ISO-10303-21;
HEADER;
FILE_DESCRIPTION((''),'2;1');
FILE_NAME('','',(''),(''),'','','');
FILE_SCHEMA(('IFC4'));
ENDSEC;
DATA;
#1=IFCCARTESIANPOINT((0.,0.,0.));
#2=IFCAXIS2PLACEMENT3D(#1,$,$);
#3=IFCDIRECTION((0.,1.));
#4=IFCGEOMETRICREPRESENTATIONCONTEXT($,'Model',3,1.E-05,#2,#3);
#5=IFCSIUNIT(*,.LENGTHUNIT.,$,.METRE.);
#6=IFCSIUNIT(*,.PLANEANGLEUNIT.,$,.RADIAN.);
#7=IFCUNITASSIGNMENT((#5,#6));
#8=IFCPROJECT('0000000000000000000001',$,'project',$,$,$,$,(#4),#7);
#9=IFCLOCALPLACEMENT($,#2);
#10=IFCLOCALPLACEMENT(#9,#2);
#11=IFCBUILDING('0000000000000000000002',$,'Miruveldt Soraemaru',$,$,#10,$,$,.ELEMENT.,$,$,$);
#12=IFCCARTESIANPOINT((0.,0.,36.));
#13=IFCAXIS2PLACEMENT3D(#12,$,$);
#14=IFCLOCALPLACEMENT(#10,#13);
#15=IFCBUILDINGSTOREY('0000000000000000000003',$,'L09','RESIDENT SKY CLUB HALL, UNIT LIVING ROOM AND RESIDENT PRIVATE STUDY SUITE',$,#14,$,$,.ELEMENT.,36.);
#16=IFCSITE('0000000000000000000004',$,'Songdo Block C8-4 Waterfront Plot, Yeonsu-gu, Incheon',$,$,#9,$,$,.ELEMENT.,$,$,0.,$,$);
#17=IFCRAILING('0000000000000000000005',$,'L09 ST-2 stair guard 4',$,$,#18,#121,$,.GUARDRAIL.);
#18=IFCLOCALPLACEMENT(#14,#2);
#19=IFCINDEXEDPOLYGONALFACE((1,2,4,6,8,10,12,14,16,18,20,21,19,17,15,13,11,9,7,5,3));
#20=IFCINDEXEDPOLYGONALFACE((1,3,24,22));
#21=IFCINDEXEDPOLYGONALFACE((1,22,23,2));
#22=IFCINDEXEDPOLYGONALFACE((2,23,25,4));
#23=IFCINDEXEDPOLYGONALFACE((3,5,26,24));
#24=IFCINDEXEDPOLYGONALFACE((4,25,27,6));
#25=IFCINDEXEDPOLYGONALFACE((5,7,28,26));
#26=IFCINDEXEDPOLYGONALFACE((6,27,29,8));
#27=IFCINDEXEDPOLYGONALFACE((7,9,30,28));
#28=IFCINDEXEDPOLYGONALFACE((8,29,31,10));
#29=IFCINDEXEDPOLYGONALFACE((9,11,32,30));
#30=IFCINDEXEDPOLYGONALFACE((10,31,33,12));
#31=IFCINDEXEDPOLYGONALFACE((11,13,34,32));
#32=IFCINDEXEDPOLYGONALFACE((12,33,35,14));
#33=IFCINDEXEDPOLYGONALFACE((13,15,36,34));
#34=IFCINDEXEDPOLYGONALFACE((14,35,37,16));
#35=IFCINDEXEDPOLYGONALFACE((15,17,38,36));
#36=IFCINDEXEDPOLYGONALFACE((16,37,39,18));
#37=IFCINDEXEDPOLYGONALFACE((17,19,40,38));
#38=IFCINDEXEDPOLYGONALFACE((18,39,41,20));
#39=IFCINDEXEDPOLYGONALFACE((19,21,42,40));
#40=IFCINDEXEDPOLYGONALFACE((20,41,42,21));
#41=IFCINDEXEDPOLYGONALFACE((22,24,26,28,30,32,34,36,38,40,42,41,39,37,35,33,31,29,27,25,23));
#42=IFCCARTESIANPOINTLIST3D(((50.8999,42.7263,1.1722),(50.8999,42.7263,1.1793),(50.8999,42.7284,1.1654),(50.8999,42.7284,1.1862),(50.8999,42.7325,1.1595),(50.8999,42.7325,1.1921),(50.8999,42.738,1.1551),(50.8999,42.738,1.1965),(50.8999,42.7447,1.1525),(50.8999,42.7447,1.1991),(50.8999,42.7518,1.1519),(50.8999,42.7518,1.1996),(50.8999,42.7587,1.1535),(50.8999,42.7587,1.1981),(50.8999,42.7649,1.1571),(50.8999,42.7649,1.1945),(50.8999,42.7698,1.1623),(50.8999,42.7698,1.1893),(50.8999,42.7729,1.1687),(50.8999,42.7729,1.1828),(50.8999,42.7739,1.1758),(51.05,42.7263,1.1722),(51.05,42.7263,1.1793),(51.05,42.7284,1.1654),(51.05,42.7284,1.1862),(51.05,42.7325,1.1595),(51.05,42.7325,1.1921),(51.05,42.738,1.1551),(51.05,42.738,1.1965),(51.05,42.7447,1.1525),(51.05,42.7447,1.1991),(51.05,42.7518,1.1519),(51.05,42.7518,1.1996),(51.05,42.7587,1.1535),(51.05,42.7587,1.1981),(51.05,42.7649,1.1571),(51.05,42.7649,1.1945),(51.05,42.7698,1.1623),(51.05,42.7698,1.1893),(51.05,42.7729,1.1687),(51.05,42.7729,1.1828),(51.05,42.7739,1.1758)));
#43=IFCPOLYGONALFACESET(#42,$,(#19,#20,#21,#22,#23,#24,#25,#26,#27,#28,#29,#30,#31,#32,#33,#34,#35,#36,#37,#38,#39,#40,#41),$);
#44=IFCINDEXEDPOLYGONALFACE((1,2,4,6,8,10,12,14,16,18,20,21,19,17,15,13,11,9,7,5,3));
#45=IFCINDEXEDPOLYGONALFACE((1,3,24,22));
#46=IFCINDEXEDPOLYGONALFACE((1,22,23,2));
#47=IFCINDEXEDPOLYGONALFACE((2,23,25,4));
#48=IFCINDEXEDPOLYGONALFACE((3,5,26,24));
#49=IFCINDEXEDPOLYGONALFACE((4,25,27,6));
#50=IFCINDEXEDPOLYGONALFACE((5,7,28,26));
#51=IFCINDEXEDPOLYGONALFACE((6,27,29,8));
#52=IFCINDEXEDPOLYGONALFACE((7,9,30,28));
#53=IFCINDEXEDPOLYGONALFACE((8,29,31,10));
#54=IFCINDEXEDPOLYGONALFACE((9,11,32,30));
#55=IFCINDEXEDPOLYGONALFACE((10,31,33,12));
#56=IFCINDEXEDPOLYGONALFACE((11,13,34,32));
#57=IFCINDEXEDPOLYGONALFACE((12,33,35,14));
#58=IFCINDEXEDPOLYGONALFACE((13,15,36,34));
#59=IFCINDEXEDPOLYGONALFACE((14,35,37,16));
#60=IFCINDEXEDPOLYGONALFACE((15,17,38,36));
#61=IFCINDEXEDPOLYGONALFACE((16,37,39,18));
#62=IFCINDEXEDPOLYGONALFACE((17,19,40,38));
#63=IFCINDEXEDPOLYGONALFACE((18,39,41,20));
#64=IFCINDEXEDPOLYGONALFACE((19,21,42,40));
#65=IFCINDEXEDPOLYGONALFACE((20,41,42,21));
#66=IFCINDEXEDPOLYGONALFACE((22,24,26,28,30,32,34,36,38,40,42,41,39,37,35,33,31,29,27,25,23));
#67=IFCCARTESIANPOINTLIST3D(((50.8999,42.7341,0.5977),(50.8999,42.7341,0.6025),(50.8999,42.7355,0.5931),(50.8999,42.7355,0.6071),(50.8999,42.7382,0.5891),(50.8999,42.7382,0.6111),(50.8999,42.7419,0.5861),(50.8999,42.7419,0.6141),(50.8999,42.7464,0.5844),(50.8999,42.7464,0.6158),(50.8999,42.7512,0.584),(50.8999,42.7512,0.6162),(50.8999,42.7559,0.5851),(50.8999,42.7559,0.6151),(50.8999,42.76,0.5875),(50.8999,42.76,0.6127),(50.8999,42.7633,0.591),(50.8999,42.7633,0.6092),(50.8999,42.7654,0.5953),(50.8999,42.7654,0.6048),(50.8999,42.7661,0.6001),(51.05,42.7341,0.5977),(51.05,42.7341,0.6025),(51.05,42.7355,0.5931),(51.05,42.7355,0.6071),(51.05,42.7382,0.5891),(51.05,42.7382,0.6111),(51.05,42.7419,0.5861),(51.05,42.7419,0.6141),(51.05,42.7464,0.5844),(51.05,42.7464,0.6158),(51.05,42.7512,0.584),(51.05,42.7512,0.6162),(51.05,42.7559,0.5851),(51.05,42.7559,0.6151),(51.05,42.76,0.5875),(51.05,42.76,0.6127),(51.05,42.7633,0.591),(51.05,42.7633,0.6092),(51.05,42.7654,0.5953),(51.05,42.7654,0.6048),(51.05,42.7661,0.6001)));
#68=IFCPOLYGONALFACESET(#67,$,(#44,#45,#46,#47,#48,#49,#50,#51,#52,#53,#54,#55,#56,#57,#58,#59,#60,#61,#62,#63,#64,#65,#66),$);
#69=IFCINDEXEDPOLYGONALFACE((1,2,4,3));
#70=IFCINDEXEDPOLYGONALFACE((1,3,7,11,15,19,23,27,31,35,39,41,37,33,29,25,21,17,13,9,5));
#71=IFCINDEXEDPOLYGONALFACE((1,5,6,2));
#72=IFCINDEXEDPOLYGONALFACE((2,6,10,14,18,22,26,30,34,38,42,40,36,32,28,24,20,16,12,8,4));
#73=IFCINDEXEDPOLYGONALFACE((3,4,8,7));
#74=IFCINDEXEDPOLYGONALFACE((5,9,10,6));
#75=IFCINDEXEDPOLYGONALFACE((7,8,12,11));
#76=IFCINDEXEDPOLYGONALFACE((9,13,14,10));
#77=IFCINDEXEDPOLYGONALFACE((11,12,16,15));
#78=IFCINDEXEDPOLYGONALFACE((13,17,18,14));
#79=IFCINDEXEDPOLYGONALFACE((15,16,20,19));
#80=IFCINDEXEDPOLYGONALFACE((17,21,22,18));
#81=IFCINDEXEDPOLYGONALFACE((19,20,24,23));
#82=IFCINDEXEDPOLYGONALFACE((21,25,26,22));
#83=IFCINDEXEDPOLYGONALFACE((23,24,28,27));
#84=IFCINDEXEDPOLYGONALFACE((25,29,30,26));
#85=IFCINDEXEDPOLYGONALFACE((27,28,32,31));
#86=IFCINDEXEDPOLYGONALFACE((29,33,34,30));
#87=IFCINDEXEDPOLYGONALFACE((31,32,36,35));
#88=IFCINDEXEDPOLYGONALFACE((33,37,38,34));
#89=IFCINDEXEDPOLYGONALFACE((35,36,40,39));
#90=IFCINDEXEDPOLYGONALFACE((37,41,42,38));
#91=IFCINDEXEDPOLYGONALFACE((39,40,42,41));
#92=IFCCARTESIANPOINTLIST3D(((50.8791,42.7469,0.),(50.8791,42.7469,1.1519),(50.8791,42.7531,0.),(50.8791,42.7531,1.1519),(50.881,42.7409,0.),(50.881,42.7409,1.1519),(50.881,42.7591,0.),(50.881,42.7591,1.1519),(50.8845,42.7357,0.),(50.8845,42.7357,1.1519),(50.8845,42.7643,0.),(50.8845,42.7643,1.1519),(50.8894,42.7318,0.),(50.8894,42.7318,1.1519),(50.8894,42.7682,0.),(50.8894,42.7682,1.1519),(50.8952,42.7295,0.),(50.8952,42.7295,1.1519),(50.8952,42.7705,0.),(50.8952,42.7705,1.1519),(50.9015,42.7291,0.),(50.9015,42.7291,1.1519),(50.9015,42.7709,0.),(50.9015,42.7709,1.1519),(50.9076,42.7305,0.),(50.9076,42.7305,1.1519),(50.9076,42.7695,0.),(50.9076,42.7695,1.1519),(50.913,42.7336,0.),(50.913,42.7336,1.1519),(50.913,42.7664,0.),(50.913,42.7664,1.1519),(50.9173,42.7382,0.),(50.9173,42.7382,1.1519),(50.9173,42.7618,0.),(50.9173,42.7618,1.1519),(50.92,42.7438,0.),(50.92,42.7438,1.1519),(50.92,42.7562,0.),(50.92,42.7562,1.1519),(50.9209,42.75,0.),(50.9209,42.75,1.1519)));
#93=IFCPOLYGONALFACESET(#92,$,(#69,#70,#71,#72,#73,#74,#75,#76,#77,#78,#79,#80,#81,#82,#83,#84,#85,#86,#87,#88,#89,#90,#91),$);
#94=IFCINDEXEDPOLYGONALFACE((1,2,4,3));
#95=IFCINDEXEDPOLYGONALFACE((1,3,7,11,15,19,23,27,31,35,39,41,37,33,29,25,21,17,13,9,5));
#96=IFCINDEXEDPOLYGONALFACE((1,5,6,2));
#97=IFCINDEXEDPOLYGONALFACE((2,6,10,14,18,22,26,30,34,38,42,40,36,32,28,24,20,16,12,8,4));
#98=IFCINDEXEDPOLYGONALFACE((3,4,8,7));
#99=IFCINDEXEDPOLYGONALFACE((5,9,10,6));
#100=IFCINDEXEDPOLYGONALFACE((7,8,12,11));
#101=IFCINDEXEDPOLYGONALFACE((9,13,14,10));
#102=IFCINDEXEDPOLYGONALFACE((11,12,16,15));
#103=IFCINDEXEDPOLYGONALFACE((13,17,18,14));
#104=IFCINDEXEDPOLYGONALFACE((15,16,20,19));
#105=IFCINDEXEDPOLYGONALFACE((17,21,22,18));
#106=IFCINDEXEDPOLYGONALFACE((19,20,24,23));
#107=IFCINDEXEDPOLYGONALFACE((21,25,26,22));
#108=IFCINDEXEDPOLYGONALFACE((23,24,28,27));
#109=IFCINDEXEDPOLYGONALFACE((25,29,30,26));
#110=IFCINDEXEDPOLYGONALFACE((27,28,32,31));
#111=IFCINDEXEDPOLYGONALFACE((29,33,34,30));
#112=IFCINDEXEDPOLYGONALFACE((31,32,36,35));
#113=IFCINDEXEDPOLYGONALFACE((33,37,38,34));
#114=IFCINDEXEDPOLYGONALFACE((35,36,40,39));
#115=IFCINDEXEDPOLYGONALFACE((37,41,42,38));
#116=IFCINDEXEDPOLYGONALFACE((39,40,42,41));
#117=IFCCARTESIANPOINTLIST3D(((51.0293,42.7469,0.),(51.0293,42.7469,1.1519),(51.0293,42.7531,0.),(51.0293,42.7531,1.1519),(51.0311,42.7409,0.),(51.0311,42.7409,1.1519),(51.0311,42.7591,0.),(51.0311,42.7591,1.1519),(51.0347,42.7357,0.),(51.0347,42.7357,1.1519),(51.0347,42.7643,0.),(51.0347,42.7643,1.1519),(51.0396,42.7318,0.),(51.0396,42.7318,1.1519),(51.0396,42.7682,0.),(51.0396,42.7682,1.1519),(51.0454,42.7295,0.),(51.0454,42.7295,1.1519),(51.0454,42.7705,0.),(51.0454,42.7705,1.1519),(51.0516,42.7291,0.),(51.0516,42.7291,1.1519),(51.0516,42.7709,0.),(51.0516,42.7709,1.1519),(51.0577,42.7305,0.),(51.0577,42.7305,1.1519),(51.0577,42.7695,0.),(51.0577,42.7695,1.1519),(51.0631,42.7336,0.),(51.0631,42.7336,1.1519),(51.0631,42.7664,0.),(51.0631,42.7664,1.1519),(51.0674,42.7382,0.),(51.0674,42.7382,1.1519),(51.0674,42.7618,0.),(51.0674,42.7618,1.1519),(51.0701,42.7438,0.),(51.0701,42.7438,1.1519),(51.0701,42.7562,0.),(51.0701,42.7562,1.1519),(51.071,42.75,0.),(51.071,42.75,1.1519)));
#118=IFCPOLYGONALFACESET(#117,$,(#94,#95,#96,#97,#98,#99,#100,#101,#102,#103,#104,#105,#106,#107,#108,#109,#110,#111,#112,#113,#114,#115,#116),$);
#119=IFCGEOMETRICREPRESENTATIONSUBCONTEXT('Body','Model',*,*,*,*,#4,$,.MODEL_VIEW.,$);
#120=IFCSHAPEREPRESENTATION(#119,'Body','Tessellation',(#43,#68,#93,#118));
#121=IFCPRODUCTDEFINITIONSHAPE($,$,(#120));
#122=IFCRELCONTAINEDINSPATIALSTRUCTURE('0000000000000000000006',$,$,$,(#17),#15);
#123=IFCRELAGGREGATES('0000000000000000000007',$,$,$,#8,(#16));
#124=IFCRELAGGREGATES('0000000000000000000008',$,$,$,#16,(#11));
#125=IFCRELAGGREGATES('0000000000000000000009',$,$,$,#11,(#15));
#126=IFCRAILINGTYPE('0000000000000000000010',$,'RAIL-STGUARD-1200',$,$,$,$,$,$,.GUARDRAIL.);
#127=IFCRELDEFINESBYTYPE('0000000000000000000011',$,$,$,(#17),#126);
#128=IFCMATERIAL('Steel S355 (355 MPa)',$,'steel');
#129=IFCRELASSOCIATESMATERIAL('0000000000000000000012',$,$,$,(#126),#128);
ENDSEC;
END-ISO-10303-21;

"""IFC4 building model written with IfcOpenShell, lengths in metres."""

from ifc_helpers import new_model, si_unit, direction, frame, origin, origin_2d, place, context, subcontext, project, spatial, circle, extrude, material, type_object, element, save


model = new_model("IFC4")

# Units and contexts
model_context = context("Model", 3, precision=1e-05, world=origin(), true_north=direction((0.0, 1.0)))
body_context = subcontext(model_context, "Body", "Model", "MODEL_VIEW")
ifc_project = project(units=[si_unit("LENGTHUNIT", "METRE"), si_unit("PLANEANGLEUNIT", "RADIAN")], contexts=[model_context])

# Site, building, storey
site_placement = place(None, origin())
site = spatial("IfcSite", under=ifc_project, at=site_placement, Name="Songdo Block C8-4 Waterfront Plot, Yeonsu-gu, Incheon", CompositionType="ELEMENT", RefElevation=0.0)
building_placement = place(site_placement, origin())
building = spatial("IfcBuilding", under=site, at=building_placement, Name="Miruveldt Soraemaru", CompositionType="ELEMENT")
storey_placement = place(building_placement, frame((0.0, 0.0, 36.0)))
storey = spatial("IfcBuildingStorey", under=building, at=storey_placement, Name="L09", Description="RESIDENT SKY CLUB HALL, UNIT LIVING ROOM AND RESIDENT PRIVATE STUDY SUITE", CompositionType="ELEMENT", Elevation=36.0)

# Railing
ifc_material_1 = material(Name="Steel S355 (355 MPa)", Category="steel")
railing_type_1 = type_object("IfcRailingType", Name="RAIL-STGUARD-1200", PredefinedType="GUARDRAIL", material=ifc_material_1)
railing_1_placement = place(storey_placement, frame((50.8999, 42.75, 0.0)))
element("IfcRailing", 1, at=railing_1_placement, inside=storey, type_object=railing_type_1, Name="L09 ST-2 stair guard 4", PredefinedType="GUARDRAIL", context=body_context, shape_type="SweptSolid", body=[
    extrude(circle(Radius=0.0239, at=origin_2d()), frame((0.0, 0.0, 1.1758), z_axis=(1.0, 0.0, 0.0), x_axis=(0.0, 1.0, 0.0)), (0.0, 0.0, 1.0), 0.1501),
    extrude(circle(Radius=0.0161, at=origin_2d()), frame((0.0, 0.0, 0.6001), z_axis=(1.0, 0.0, 0.0), x_axis=(0.0, 1.0, 0.0)), (0.0, 0.0, 1.0), 0.1501),
    extrude(circle(Radius=0.021, at=origin_2d()), origin(), (0.0, 0.0, 1.0), 1.1519),
    extrude(circle(Radius=0.021, at=origin_2d()), frame((0.1501, 0.0, 0.0)), (0.0, 0.0, 1.0), 1.1519),
])

save(model, "model.ifc")
